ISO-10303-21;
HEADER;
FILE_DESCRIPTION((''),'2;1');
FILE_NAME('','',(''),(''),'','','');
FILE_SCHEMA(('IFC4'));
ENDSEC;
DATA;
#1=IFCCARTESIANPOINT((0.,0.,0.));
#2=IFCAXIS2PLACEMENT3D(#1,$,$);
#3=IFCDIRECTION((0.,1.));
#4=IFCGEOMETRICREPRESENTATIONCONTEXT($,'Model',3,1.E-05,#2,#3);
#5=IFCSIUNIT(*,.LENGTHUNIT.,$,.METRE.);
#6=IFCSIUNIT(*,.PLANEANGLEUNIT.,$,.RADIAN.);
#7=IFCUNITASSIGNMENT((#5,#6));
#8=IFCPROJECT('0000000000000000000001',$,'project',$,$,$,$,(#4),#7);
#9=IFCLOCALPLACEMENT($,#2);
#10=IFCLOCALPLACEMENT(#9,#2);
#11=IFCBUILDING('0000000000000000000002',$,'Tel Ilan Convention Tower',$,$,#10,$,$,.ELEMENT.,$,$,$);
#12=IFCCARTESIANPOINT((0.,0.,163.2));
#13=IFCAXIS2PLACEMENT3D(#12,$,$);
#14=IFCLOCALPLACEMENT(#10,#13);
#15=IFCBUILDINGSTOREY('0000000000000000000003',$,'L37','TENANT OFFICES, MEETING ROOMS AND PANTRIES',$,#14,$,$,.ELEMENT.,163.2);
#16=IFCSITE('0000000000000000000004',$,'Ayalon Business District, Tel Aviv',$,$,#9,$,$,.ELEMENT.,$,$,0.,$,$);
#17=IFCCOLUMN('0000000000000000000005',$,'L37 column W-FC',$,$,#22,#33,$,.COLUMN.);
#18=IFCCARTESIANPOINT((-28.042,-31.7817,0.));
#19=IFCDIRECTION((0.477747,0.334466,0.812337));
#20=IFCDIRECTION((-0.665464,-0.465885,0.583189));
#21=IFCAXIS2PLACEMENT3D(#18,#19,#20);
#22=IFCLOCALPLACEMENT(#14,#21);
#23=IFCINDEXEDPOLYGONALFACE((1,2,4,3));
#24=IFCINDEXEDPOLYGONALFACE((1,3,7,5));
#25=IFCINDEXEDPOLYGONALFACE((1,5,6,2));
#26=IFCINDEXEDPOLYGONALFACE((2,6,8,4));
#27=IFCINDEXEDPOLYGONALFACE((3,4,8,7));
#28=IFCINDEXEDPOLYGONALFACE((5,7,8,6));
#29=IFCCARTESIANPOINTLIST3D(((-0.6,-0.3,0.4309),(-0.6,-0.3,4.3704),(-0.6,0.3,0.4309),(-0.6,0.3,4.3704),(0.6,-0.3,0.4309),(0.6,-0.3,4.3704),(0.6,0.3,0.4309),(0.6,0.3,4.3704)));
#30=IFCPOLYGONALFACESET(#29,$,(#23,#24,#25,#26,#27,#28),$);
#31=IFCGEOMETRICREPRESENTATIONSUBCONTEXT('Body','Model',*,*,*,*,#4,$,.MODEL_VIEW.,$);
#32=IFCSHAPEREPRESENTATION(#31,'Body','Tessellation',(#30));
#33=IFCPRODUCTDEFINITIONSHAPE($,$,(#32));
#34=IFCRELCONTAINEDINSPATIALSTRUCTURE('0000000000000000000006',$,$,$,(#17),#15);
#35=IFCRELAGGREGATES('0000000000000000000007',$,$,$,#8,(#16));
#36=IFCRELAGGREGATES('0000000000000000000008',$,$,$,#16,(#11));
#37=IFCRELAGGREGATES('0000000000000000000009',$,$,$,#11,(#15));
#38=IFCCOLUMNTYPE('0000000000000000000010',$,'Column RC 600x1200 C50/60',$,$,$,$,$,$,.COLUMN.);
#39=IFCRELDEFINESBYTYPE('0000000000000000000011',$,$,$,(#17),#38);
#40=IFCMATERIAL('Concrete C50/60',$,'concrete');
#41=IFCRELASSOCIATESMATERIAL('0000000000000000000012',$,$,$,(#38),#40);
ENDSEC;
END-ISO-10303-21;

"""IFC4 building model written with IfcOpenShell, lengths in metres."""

from ifc_helpers import new_model, si_unit, direction, frame, origin, origin_2d, place, context, subcontext, project, spatial, rectangle, extrude, clip, halfspace, material, material_profile, profile_set, type_object, element, save


model = new_model("IFC4")

# Units and contexts
model_context = context("Model", 3, precision=1e-05, world=origin(), true_north=direction((0.0, 1.0)))
body_context = subcontext(model_context, "Body", "Model", "MODEL_VIEW")
ifc_project = project(units=[si_unit("LENGTHUNIT", "METRE"), si_unit("PLANEANGLEUNIT", "RADIAN")], contexts=[model_context])

# Site, building, storey
site_placement = place(None, origin())
site = spatial("IfcSite", under=ifc_project, at=site_placement, Name="Ayalon Business District, Tel Aviv", CompositionType="ELEMENT", RefElevation=0.0)
building_placement = place(site_placement, origin())
building = spatial("IfcBuilding", under=site, at=building_placement, Name="Tel Ilan Convention Tower", CompositionType="ELEMENT")
storey_placement = place(building_placement, frame((0.0, 0.0, 163.2)))
storey = spatial("IfcBuildingStorey", under=building, at=storey_placement, Name="L37", Description="TENANT OFFICES, MEETING ROOMS AND PANTRIES", CompositionType="ELEMENT", Elevation=163.2)

# Column
ifc_material_1 = material(Name="Concrete C50/60", Category="concrete")
ifc_material_profile_1 = material_profile(ifc_material_1, rectangle(XDim=1.2, YDim=0.6001, at=origin_2d()), Name="RC 600x1200")
ifc_profile_set_1 = profile_set([ifc_material_profile_1], Name="Concrete C50/60")
column_type = type_object("IfcColumnType", Name="Column RC 600x1200 C50/60", PredefinedType="COLUMN", material=ifc_profile_set_1)
column_1_placement = place(storey_placement, frame((-28.042, -31.7817, 0.0), z_axis=(0.477747, 0.334466, 0.812337), x_axis=(-0.665464, -0.465885, 0.583189)))
element("IfcColumn", 1, at=column_1_placement, inside=storey, type_object=column_type, Name="L37 column W-FC", PredefinedType="COLUMN", context=body_context, shape_type="Clipping", body=[
    clip(clip(extrude(rectangle(XDim=1.2, YDim=0.6001, at=origin_2d()), origin(), (0.0, 0.0, 1.0), 4.801), halfspace(frame((0.0, 0.0, 0.4309), z_axis=(0.0, 0.0, 1.0), x_axis=(1.0, 0.0, 0.0)), True)), halfspace(frame((0.0, 0.0, 4.3704), z_axis=(0.0, 0.0, 1.0), x_axis=(1.0, 0.0, 0.0)), False)),
])

save(model, "model.ifc")
